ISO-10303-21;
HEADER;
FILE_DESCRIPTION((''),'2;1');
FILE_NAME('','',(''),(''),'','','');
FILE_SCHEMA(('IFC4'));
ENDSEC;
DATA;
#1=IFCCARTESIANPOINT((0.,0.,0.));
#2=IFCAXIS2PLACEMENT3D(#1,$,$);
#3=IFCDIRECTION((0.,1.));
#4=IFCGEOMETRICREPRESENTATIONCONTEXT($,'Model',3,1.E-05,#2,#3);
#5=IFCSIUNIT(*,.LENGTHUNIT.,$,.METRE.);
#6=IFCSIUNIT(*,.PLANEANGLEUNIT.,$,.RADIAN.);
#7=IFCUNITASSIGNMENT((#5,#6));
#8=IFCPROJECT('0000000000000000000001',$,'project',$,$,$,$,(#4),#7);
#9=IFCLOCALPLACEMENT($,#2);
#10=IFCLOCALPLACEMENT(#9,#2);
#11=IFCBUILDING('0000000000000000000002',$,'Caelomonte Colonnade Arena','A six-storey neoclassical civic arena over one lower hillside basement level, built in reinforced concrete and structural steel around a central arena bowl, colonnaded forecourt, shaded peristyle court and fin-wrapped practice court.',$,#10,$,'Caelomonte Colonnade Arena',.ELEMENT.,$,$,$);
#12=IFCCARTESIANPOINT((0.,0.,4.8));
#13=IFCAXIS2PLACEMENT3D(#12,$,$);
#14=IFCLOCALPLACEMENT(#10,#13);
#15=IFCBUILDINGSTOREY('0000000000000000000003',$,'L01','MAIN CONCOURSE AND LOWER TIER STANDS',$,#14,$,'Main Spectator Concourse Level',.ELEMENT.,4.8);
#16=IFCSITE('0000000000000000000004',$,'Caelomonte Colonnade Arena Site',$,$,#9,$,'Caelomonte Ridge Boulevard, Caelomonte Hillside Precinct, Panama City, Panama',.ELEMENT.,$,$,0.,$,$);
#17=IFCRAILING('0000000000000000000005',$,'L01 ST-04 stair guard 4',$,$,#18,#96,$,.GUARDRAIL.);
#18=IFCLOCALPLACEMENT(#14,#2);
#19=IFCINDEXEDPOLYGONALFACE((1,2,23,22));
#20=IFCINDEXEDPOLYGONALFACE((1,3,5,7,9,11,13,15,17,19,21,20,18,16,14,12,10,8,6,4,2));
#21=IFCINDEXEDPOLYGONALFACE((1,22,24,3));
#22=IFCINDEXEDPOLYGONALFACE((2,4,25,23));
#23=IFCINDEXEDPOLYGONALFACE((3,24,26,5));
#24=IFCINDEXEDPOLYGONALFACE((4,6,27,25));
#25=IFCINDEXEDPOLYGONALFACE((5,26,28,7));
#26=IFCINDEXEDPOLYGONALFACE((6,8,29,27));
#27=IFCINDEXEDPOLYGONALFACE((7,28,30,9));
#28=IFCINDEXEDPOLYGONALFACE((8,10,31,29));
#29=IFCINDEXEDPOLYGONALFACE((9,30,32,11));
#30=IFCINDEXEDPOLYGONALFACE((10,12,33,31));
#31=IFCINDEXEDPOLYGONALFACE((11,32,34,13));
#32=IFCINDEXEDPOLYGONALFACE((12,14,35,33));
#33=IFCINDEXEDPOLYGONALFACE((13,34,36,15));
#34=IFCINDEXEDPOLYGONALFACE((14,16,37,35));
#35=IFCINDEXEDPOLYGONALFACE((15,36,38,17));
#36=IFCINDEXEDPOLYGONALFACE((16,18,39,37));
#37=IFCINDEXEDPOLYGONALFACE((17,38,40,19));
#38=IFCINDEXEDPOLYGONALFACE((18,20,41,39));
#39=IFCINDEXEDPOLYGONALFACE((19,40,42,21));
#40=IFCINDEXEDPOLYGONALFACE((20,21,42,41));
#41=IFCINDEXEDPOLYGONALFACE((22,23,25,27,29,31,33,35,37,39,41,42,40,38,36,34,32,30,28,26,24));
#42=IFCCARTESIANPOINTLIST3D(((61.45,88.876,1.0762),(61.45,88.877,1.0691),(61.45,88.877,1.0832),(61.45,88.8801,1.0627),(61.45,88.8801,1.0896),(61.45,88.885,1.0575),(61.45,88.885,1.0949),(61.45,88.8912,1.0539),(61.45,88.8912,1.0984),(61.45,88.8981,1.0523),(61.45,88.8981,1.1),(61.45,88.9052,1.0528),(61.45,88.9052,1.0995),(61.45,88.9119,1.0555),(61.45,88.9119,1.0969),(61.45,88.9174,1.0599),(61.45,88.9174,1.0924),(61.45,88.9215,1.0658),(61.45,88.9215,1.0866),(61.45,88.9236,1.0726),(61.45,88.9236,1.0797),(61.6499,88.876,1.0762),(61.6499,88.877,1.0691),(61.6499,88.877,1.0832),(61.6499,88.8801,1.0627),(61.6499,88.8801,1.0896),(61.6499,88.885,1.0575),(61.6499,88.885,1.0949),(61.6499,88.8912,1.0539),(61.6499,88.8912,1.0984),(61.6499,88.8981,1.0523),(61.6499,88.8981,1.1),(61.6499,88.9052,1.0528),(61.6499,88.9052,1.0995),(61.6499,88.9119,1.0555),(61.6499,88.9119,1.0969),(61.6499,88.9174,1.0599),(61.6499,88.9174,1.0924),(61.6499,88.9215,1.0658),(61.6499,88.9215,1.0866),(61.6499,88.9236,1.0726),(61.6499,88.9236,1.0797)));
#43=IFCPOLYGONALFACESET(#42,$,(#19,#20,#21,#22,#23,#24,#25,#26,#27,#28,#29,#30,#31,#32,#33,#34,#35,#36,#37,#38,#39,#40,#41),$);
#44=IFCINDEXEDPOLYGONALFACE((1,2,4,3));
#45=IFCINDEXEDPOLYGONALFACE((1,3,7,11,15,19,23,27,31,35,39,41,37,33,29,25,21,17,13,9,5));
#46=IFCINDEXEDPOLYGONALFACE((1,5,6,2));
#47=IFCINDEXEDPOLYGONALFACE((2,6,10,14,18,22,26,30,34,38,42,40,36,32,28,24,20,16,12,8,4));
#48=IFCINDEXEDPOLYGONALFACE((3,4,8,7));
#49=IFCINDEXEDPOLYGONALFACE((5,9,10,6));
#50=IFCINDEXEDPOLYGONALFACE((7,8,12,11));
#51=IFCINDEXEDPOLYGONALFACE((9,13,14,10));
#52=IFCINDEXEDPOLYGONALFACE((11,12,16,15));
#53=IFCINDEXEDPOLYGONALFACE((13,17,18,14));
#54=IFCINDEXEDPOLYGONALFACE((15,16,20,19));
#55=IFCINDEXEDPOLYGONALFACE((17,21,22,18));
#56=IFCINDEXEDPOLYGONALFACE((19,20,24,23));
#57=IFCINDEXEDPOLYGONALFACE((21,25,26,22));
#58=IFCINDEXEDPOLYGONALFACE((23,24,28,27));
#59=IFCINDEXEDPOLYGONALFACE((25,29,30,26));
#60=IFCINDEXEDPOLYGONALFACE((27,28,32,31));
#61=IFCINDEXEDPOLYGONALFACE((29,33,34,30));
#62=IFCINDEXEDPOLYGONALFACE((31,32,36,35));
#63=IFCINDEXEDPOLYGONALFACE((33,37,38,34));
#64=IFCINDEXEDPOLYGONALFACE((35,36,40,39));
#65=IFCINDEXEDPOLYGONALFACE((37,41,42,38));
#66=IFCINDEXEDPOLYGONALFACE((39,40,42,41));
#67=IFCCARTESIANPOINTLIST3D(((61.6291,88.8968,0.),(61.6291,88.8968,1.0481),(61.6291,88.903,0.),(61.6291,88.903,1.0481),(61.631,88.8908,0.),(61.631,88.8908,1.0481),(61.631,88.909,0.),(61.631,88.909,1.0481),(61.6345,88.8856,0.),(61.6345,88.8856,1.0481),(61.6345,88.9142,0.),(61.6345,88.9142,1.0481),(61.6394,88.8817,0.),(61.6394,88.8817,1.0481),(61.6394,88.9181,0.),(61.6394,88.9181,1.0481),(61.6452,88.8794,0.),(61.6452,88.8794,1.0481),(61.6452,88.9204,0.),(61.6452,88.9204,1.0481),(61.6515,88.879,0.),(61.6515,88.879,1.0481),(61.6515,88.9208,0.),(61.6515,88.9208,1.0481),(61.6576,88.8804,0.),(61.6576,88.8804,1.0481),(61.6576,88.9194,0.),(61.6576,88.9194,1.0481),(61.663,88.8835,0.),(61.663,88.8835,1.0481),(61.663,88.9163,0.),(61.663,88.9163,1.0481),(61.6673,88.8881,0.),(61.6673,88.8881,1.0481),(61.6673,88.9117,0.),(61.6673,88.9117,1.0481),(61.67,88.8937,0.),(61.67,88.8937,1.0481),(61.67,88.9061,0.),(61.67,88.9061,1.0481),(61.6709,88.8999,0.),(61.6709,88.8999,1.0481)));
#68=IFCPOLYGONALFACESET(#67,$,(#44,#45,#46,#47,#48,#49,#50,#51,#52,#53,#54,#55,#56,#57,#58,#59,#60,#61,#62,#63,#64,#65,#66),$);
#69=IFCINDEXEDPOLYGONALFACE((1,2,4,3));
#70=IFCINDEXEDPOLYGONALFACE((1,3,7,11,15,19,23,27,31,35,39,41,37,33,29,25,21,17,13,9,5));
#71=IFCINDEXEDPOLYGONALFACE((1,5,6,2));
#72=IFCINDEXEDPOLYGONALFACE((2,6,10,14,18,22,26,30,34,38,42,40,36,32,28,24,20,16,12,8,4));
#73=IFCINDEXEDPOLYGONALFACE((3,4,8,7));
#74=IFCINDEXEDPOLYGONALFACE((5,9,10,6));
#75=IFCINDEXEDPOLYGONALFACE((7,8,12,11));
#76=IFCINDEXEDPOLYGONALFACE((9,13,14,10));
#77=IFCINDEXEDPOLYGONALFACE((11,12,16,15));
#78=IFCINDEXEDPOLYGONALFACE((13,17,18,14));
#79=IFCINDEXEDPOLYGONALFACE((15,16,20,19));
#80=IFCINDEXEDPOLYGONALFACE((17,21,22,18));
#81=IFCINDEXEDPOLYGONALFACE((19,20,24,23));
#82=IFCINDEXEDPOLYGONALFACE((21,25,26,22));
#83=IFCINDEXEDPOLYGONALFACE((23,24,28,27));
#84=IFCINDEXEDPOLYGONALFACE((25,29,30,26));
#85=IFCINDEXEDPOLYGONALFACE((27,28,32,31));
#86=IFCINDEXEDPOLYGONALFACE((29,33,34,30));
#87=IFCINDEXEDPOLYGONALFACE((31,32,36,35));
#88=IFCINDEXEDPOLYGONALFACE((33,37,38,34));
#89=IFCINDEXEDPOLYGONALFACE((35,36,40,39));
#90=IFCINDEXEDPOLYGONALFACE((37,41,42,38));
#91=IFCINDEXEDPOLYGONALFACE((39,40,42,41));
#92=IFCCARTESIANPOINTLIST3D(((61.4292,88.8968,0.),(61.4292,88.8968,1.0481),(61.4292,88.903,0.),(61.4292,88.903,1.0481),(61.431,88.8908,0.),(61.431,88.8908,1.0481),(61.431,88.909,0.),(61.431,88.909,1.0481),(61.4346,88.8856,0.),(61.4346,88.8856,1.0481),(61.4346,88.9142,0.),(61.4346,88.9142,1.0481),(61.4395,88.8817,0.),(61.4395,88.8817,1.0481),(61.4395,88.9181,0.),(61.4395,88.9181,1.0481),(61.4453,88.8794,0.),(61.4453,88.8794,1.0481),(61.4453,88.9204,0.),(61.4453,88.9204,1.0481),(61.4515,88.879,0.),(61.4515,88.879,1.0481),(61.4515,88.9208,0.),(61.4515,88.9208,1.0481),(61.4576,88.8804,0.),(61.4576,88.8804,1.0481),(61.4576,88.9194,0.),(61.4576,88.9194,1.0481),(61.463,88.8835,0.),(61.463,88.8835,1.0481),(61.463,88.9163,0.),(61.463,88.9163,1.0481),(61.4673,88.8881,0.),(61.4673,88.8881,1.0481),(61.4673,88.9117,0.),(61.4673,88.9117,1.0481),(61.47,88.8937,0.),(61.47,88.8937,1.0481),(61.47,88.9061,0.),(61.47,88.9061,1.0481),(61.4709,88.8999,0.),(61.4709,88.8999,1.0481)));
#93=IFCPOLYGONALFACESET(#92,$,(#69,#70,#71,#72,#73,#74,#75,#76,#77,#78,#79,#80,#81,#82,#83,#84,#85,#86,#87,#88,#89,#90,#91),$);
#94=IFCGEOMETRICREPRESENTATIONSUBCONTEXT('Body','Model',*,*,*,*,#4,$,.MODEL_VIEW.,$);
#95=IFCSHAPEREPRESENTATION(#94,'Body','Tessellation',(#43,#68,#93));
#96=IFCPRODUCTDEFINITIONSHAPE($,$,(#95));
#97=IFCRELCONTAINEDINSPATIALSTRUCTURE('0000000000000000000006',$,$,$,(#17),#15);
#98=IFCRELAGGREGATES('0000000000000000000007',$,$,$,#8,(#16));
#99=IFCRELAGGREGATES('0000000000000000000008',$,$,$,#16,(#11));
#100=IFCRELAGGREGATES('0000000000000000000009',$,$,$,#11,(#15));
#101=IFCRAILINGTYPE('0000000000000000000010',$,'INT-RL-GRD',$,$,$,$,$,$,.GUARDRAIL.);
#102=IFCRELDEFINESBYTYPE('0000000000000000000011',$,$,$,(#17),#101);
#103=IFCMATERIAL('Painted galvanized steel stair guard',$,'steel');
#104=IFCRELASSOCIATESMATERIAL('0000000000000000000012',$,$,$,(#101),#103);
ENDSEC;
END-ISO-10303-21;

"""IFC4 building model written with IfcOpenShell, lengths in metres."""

from ifc_helpers import new_model, si_unit, direction, frame, origin, origin_2d, place, context, subcontext, project, spatial, circle, extrude, material, type_object, element, save


model = new_model("IFC4")

# Units and contexts
model_context = context("Model", 3, precision=1e-05, world=origin(), true_north=direction((0.0, 1.0)))
body_context = subcontext(model_context, "Body", "Model", "MODEL_VIEW")
ifc_project = project(units=[si_unit("LENGTHUNIT", "METRE"), si_unit("PLANEANGLEUNIT", "RADIAN")], contexts=[model_context])

# Site, building, storey
site_placement = place(None, origin())
site = spatial("IfcSite", under=ifc_project, at=site_placement, Name="Caelomonte Colonnade Arena Site", LongName="Caelomonte Ridge Boulevard, Caelomonte Hillside Precinct, Panama City, Panama", CompositionType="ELEMENT", RefElevation=0.0)
building_placement = place(site_placement, origin())
building = spatial("IfcBuilding", under=site, at=building_placement, Name="Caelomonte Colonnade Arena", Description="A six-storey neoclassical civic arena over one lower hillside basement level, built in reinforced concrete and structural steel around a central arena bowl, colonnaded forecourt, shaded peristyle court and fin-wrapped practice court.", LongName="Caelomonte Colonnade Arena", CompositionType="ELEMENT")
storey_placement = place(building_placement, frame((0.0, 0.0, 4.8)))
storey = spatial("IfcBuildingStorey", under=building, at=storey_placement, Name="L01", Description="MAIN CONCOURSE AND LOWER TIER STANDS", LongName="Main Spectator Concourse Level", CompositionType="ELEMENT", Elevation=4.8)

# Railing
ifc_material_1 = material(Name="Painted galvanized steel stair guard", Category="steel")
railing_type_1 = type_object("IfcRailingType", Name="INT-RL-GRD", PredefinedType="GUARDRAIL", material=ifc_material_1)
railing_1_placement = place(storey_placement, frame((61.6499, 88.8999, 0.0)))
element("IfcRailing", 1, at=railing_1_placement, inside=storey, type_object=railing_type_1, Name="L01 ST-04 stair guard 4", PredefinedType="GUARDRAIL", context=body_context, shape_type="SweptSolid", body=[
    extrude(circle(Radius=0.0239, at=origin_2d()), frame((0.0, 0.0, 1.0762), z_axis=(-1.0, 0.0, 0.0), x_axis=(0.0, -1.0, 0.0)), (0.0, 0.0, 1.0), 0.2),
    extrude(circle(Radius=0.021, at=origin_2d()), origin(), (0.0, 0.0, 1.0), 1.0481),
    extrude(circle(Radius=0.021, at=origin_2d()), frame((-0.2, 0.0, 0.0)), (0.0, 0.0, 1.0), 1.0481),
])

save(model, "model.ifc")
